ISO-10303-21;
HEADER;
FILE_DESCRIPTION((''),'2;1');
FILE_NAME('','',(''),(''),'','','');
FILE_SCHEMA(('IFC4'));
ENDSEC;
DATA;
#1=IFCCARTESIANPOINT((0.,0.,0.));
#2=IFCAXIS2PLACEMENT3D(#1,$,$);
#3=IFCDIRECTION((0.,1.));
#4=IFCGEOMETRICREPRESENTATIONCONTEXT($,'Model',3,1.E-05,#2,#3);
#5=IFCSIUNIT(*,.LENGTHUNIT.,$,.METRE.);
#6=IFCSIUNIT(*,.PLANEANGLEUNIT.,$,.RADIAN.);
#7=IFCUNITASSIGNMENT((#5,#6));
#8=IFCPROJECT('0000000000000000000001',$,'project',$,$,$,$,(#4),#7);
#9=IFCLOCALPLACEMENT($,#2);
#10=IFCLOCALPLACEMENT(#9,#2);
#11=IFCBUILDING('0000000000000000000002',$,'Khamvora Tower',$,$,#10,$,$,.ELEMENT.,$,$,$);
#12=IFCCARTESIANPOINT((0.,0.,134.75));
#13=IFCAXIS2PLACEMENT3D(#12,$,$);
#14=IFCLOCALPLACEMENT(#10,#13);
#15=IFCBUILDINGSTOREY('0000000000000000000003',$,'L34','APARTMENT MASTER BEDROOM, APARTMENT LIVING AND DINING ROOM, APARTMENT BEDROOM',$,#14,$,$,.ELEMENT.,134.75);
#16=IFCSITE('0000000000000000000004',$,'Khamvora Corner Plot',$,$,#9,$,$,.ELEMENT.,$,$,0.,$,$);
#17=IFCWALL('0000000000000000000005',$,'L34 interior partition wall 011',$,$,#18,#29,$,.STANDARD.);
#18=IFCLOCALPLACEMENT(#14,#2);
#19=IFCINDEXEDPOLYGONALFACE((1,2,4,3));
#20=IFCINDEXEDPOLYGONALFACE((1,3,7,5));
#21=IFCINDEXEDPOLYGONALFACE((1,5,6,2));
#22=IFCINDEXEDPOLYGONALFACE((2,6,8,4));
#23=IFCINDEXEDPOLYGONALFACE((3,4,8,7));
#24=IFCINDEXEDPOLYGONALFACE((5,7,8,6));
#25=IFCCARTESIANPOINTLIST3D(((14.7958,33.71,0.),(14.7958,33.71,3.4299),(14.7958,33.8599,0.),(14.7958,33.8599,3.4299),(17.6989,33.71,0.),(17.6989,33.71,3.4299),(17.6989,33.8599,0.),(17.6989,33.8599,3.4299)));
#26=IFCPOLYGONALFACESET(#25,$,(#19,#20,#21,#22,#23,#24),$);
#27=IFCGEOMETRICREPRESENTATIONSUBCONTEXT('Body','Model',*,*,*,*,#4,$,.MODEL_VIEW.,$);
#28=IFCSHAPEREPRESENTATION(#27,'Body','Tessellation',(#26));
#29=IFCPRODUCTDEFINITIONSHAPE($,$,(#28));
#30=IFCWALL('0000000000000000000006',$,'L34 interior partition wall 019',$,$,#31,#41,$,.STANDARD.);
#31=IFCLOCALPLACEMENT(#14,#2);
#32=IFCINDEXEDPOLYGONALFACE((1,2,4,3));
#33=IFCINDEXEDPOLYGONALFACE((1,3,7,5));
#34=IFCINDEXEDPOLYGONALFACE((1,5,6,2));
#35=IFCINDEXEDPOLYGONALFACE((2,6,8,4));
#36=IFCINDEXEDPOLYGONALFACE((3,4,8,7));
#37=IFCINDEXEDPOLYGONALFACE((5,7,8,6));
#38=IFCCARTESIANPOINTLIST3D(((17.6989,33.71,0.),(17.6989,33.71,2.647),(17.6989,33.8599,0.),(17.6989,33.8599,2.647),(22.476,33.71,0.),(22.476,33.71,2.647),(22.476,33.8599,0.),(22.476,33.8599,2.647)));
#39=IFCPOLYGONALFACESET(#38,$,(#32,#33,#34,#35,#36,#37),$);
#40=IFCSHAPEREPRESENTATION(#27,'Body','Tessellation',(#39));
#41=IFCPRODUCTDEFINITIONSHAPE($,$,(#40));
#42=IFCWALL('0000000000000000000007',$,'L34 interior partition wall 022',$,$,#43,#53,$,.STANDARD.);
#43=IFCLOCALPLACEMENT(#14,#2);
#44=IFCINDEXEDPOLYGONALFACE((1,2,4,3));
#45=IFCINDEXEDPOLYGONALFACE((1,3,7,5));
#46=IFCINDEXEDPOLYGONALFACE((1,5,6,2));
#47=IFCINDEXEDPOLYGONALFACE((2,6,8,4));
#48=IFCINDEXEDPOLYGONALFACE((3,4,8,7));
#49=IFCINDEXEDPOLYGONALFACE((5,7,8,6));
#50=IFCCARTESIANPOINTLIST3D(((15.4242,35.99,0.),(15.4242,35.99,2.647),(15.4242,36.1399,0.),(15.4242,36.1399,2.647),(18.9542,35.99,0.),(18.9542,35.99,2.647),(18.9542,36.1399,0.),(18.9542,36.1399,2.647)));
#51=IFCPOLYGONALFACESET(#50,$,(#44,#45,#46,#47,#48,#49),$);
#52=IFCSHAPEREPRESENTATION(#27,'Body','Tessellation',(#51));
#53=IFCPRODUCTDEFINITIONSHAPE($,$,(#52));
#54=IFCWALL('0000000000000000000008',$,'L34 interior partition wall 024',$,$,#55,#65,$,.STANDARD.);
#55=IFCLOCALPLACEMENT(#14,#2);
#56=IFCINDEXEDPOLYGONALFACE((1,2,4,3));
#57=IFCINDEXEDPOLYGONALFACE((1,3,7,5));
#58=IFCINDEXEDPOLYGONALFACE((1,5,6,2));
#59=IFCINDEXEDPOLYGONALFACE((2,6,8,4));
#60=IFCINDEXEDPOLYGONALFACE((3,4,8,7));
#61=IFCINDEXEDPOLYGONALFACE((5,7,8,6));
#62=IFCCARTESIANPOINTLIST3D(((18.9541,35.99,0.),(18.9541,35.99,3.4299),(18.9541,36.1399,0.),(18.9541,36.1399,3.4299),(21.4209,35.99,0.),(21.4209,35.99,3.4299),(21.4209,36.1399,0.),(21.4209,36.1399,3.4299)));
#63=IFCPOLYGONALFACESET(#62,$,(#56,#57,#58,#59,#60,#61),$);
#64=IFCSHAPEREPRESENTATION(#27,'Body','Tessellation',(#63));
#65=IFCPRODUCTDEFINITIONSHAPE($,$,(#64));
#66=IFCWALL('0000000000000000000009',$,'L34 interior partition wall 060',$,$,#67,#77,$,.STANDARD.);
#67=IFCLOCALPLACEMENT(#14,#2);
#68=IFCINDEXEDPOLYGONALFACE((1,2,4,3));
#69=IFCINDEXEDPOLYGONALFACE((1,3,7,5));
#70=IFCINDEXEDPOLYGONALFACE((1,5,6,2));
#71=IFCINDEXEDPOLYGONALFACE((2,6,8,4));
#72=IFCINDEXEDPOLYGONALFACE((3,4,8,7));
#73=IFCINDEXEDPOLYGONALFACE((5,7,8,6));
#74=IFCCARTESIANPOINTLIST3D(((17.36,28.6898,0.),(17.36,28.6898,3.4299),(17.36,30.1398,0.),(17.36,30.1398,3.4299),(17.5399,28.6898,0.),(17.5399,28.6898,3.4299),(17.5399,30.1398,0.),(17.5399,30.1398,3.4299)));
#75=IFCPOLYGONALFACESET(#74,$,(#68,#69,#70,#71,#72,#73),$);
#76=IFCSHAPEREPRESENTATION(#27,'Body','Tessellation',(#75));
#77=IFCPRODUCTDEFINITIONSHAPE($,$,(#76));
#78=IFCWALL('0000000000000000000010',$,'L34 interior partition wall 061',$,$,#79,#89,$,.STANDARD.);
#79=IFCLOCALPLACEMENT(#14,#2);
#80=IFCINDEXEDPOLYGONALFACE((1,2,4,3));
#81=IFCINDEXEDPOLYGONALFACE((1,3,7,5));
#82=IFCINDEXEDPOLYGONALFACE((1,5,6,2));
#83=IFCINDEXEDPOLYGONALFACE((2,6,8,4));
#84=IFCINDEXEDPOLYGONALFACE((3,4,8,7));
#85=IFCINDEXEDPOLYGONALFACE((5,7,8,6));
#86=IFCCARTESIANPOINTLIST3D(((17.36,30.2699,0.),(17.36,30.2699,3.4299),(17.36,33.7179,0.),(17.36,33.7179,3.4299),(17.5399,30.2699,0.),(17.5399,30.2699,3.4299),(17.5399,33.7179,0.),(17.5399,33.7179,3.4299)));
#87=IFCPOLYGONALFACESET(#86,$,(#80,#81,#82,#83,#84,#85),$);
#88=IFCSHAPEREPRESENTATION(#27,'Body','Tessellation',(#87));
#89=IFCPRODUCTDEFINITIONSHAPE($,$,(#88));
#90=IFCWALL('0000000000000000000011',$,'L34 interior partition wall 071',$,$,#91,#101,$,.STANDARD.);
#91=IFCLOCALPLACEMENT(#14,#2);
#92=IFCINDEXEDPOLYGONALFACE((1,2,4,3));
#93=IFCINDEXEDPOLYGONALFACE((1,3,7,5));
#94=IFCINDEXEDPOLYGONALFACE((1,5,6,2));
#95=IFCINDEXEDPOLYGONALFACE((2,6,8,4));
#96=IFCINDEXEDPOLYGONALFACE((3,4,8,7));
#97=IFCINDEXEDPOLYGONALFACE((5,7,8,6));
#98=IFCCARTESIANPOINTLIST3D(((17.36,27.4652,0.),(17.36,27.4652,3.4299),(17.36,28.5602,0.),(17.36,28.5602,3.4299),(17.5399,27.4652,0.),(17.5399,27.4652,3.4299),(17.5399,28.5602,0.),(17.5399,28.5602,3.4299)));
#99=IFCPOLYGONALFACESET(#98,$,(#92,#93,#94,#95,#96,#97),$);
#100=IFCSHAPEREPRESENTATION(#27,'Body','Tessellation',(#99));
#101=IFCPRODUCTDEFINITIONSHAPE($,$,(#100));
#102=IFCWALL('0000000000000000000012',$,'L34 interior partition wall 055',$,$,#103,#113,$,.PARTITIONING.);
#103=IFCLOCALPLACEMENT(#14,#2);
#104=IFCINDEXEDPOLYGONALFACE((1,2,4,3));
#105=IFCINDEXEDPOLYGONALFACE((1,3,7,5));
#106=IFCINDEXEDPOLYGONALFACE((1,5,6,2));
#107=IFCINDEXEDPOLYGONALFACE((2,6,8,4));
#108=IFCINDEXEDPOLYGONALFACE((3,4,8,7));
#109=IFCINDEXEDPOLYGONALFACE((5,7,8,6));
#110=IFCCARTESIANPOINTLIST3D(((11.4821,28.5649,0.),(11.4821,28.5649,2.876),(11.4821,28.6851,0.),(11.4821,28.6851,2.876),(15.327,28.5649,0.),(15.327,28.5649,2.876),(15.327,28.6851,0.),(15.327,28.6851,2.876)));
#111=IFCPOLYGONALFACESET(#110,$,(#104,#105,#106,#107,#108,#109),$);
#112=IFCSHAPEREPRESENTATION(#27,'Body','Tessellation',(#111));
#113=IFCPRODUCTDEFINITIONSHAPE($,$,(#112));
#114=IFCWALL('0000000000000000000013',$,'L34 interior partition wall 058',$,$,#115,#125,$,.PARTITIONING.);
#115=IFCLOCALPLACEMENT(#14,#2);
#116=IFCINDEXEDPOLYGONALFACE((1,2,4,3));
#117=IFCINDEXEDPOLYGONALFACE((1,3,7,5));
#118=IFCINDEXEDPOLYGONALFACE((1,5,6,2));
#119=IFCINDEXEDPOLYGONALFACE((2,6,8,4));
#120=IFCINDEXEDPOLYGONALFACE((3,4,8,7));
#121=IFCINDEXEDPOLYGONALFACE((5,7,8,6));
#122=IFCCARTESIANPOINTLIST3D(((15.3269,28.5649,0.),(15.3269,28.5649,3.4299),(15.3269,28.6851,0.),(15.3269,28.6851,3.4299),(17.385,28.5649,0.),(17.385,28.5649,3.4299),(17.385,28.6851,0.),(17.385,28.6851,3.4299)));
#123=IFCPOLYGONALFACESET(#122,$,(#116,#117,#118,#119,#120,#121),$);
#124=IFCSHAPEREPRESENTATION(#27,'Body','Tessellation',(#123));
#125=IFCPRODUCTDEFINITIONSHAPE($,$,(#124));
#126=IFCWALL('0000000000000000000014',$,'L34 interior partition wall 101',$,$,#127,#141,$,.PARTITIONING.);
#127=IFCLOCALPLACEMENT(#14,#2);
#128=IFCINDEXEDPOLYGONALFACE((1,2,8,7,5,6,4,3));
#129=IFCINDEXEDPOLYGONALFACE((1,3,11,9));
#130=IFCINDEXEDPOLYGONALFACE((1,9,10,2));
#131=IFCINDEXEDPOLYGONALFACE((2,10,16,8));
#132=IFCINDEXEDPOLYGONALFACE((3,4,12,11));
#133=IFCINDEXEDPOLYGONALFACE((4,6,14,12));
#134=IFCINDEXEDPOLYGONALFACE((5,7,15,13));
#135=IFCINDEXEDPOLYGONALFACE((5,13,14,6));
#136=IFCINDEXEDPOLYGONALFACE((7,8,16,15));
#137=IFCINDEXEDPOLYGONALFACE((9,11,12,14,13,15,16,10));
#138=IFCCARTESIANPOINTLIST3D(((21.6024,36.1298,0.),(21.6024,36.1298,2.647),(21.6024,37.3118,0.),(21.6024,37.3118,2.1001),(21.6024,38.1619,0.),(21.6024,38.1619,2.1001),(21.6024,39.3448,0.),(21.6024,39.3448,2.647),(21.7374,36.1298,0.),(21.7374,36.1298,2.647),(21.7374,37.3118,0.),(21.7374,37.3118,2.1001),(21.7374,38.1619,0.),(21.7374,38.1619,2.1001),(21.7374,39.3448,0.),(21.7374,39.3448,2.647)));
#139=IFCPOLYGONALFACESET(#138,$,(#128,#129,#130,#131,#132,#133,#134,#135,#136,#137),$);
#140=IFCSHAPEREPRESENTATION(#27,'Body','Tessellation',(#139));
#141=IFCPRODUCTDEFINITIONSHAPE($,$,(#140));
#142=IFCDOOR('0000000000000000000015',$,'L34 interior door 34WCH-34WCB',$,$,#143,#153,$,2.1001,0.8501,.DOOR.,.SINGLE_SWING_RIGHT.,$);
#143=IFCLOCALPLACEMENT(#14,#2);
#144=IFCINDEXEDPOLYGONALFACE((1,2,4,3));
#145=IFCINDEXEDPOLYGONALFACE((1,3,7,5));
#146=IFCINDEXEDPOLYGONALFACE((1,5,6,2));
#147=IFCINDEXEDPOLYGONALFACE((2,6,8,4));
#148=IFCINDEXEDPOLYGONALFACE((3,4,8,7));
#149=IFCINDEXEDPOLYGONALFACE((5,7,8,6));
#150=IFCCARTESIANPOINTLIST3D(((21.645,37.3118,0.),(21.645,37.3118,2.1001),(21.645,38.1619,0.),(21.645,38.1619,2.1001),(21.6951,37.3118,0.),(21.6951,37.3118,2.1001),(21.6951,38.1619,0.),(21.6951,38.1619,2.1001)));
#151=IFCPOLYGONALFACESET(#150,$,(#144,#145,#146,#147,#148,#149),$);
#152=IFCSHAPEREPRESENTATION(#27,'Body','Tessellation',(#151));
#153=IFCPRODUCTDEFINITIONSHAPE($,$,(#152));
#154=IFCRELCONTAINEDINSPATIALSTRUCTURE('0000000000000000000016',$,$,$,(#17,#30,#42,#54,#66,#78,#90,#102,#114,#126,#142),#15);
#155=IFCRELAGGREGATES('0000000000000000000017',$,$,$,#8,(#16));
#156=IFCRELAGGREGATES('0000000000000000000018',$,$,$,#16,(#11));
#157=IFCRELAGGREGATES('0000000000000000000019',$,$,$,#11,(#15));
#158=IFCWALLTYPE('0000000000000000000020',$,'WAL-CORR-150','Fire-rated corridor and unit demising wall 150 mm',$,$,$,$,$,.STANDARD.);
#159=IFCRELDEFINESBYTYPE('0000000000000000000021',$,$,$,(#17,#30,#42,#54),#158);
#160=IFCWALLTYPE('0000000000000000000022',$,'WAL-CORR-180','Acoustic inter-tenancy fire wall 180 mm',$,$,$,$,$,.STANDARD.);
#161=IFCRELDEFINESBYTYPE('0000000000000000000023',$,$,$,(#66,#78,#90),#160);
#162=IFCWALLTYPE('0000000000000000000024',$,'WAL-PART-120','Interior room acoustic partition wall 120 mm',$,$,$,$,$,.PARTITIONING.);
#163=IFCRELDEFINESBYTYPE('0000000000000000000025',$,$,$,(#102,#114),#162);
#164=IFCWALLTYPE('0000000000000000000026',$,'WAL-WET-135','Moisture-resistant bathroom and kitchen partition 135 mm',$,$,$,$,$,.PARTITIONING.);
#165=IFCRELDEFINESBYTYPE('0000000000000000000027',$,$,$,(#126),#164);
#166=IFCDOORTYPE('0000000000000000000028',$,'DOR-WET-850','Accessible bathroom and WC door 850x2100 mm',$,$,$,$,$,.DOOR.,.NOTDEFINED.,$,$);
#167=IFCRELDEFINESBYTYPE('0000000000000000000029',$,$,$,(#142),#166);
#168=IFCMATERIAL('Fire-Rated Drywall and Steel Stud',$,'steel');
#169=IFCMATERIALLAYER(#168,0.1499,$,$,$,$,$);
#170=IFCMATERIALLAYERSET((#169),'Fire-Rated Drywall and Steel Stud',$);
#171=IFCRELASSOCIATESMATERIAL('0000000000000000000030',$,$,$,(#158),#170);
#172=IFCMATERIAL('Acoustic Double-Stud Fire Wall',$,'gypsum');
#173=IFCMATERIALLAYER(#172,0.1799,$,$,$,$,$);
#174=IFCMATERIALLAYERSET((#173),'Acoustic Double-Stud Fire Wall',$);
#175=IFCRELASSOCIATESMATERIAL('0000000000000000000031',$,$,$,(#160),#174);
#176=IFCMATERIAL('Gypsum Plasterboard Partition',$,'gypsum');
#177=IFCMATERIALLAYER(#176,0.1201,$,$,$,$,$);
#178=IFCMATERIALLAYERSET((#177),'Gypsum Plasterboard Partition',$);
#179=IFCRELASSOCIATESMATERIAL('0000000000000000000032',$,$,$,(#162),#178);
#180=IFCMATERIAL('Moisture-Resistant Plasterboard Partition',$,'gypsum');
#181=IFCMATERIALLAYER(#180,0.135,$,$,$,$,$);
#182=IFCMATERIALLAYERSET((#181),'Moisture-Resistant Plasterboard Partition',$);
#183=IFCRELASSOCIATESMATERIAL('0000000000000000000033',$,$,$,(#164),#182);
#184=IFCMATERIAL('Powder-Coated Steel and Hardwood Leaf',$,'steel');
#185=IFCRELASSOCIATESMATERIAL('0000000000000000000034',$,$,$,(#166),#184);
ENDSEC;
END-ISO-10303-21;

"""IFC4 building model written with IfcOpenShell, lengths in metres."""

from ifc_helpers import new_model, si_unit, direction, frame, frame_2d, origin, place, context, subcontext, project, spatial, rectangle, extrude, material, layer, layer_set, type_object, element, fill, save


model = new_model("IFC4")

# Units and contexts
model_context = context("Model", 3, precision=1e-05, world=origin(), true_north=direction((0.0, 1.0)))
body_context = subcontext(model_context, "Body", "Model", "MODEL_VIEW")
ifc_project = project(units=[si_unit("LENGTHUNIT", "METRE"), si_unit("PLANEANGLEUNIT", "RADIAN")], contexts=[model_context])

# Site, building, storey
site_placement = place(None, origin())
site = spatial("IfcSite", under=ifc_project, at=site_placement, Name="Khamvora Corner Plot", CompositionType="ELEMENT", RefElevation=0.0)
building_placement = place(site_placement, origin())
building = spatial("IfcBuilding", under=site, at=building_placement, Name="Khamvora Tower", CompositionType="ELEMENT")
storey_placement = place(building_placement, frame((0.0, 0.0, 134.75)))
storey = spatial("IfcBuildingStorey", under=building, at=storey_placement, Name="L34", Description="APARTMENT MASTER BEDROOM, APARTMENT LIVING AND DINING ROOM, APARTMENT BEDROOM", CompositionType="ELEMENT", Elevation=134.75)

# Walls
ifc_material_1 = material(Name="Fire-Rated Drywall and Steel Stud", Category="steel")
ifc_layer_1 = layer(ifc_material_1, 0.1499)
ifc_layer_set_1 = layer_set([ifc_layer_1], Name="Fire-Rated Drywall and Steel Stud")
wall_type_1 = type_object("IfcWallType", Name="WAL-CORR-150", Description="Fire-rated corridor and unit demising wall 150 mm", PredefinedType="STANDARD", material=ifc_layer_set_1)
wall_1_placement = place(storey_placement, frame((17.699, 33.7849, 0.0), z_axis=(0.0, 0.0, 1.0), x_axis=(-1.0, 0.0, 0.0)))
element("IfcWall", 1, at=wall_1_placement, inside=storey, type_object=wall_type_1, Name="L34 interior partition wall 011", PredefinedType="STANDARD", context=body_context, shape_type="SweptSolid", body=[
    extrude(rectangle(XDim=2.9031, YDim=0.1499, at=frame_2d((1.4517, 0.0))), origin(), (0.0, 0.0, 1.0), 3.4299),
])
wall_2_placement = place(storey_placement, frame((22.4761, 33.7849, 0.0), z_axis=(0.0, 0.0, 1.0), x_axis=(-1.0, 0.0, 0.0)))
element("IfcWall", 2, at=wall_2_placement, inside=storey, type_object=wall_type_1, Name="L34 interior partition wall 019", PredefinedType="STANDARD", context=body_context, shape_type="SweptSolid", body=[
    extrude(rectangle(XDim=4.7771, YDim=0.1499, at=frame_2d((2.3887, 0.0))), origin(), (0.0, 0.0, 1.0), 2.647),
])
wall_3_placement = place(storey_placement, frame((15.4241, 36.0649, 0.0), z_axis=(0.0, 0.0, 1.0), x_axis=(1.0, 0.0, 0.0)))
element("IfcWall", 3, at=wall_3_placement, inside=storey, type_object=wall_type_1, Name="L34 interior partition wall 022", PredefinedType="STANDARD", context=body_context, shape_type="SweptSolid", body=[
    extrude(rectangle(XDim=3.53, YDim=0.1499, at=frame_2d((1.7651, 0.0))), origin(), (0.0, 0.0, 1.0), 2.647),
])

# Shared definitions
ifc_material_2 = material(Name="Powder-Coated Steel and Hardwood Leaf", Category="steel")

# Walls
wall_4_placement = place(storey_placement, frame((18.9541, 36.0649, 0.0), z_axis=(0.0, 0.0, 1.0), x_axis=(1.0, 0.0, 0.0)))
element("IfcWall", 4, at=wall_4_placement, inside=storey, type_object=wall_type_1, Name="L34 interior partition wall 024", PredefinedType="STANDARD", context=body_context, shape_type="SweptSolid", body=[
    extrude(rectangle(XDim=2.4668, YDim=0.1499, at=frame_2d((1.2334, 0.0))), origin(), (0.0, 0.0, 1.0), 3.4299),
])
ifc_material_3 = material(Name="Acoustic Double-Stud Fire Wall", Category="gypsum")
ifc_layer_2 = layer(ifc_material_3, 0.1799)
ifc_layer_set_2 = layer_set([ifc_layer_2], Name="Acoustic Double-Stud Fire Wall")
wall_type_2 = type_object("IfcWallType", Name="WAL-CORR-180", Description="Acoustic inter-tenancy fire wall 180 mm", PredefinedType="STANDARD", material=ifc_layer_set_2)
wall_5_placement = place(storey_placement, frame((17.45, 30.1399, 0.0), z_axis=(0.0, 0.0, 1.0), x_axis=(0.0, -1.0, 0.0)))
element("IfcWall", 5, at=wall_5_placement, inside=storey, type_object=wall_type_2, Name="L34 interior partition wall 060", PredefinedType="STANDARD", context=body_context, shape_type="SweptSolid", body=[
    extrude(rectangle(XDim=1.45, YDim=0.1799, at=frame_2d((0.7251, 0.0))), origin(), (0.0, 0.0, 1.0), 3.4299),
])
wall_6_placement = place(storey_placement, frame((17.45, 33.718, 0.0), z_axis=(0.0, 0.0, 1.0), x_axis=(0.0, -1.0, 0.0)))
element("IfcWall", 6, at=wall_6_placement, inside=storey, type_object=wall_type_2, Name="L34 interior partition wall 061", PredefinedType="STANDARD", context=body_context, shape_type="SweptSolid", body=[
    extrude(rectangle(XDim=3.448, YDim=0.1799, at=frame_2d((1.7241, 0.0))), origin(), (0.0, 0.0, 1.0), 3.4299),
])
wall_7_placement = place(storey_placement, frame((17.45, 28.5601, 0.0), z_axis=(0.0, 0.0, 1.0), x_axis=(0.0, -1.0, 0.0)))
element("IfcWall", 7, at=wall_7_placement, inside=storey, type_object=wall_type_2, Name="L34 interior partition wall 071", PredefinedType="STANDARD", context=body_context, shape_type="SweptSolid", body=[
    extrude(rectangle(XDim=1.095, YDim=0.1799, at=frame_2d((0.5474, 0.0))), origin(), (0.0, 0.0, 1.0), 3.4299),
])
ifc_material_4 = material(Name="Gypsum Plasterboard Partition", Category="gypsum")
ifc_layer_3 = layer(ifc_material_4, 0.1201)
ifc_layer_set_3 = layer_set([ifc_layer_3], Name="Gypsum Plasterboard Partition")
wall_type_3 = type_object("IfcWallType", Name="WAL-PART-120", Description="Interior room acoustic partition wall 120 mm", PredefinedType="PARTITIONING", material=ifc_layer_set_3)
wall_8_placement = place(storey_placement, frame((15.3269, 28.625, 0.0), z_axis=(0.0, 0.0, 1.0), x_axis=(-1.0, 0.0, 0.0)))
element("IfcWall", 8, at=wall_8_placement, inside=storey, type_object=wall_type_3, Name="L34 interior partition wall 055", PredefinedType="PARTITIONING", context=body_context, shape_type="SweptSolid", body=[
    extrude(rectangle(XDim=3.845, YDim=0.1201, at=frame_2d((1.9224, 0.0))), origin(), (0.0, 0.0, 1.0), 2.876),
])
wall_9_placement = place(storey_placement, frame((17.385, 28.625, 0.0), z_axis=(0.0, 0.0, 1.0), x_axis=(-1.0, 0.0, 0.0)))
element("IfcWall", 9, at=wall_9_placement, inside=storey, type_object=wall_type_3, Name="L34 interior partition wall 058", PredefinedType="PARTITIONING", context=body_context, shape_type="SweptSolid", body=[
    extrude(rectangle(XDim=2.0581, YDim=0.1201, at=frame_2d((1.0291, 0.0))), origin(), (0.0, 0.0, 1.0), 3.4299),
])

# Wall, opening, door
ifc_material_5 = material(Name="Moisture-Resistant Plasterboard Partition", Category="gypsum")
ifc_layer_4 = layer(ifc_material_5, 0.135)
ifc_layer_set_4 = layer_set([ifc_layer_4], Name="Moisture-Resistant Plasterboard Partition")
wall_type_4 = type_object("IfcWallType", Name="WAL-WET-135", Description="Moisture-resistant bathroom and kitchen partition 135 mm", PredefinedType="PARTITIONING", material=ifc_layer_set_4)
wall_10_placement = place(storey_placement, frame((21.6699, 36.1299, 0.0), z_axis=(0.0, 0.0, 1.0), x_axis=(0.0, 1.0, 0.0)))
wall_10 = element("IfcWall", 10, at=wall_10_placement, inside=storey, type_object=wall_type_4, Name="L34 interior partition wall 101", PredefinedType="PARTITIONING", context=body_context, shape_type="SweptSolid", body=[
    extrude(rectangle(XDim=3.2151, YDim=0.135, at=frame_2d((1.6074, 0.0))), origin(), (0.0, 0.0, 1.0), 2.647),
])
opening_1_placement = place(wall_10_placement, frame((1.1819, 0.0, 0.0)))
opening_1 = element("IfcOpeningElement", 11, at=opening_1_placement, cuts=wall_10, PredefinedType="OPENING", context=body_context, shape_type="SweptSolid", body=[
    extrude(rectangle(XDim=0.8501, YDim=2.1001, at=frame_2d((0.425, 1.05))), frame((0.0, 0.0774, 0.0), z_axis=(0.0, -1.0, 0.0), x_axis=(1.0, 0.0, 0.0)), (0.0, 0.0, 1.0), 0.155),
])
door_type_1 = type_object("IfcDoorType", Name="DOR-WET-850", Description="Accessible bathroom and WC door 850x2100 mm", OperationType="NOTDEFINED", PredefinedType="DOOR", material=ifc_material_2)
door_1_placement = place(opening_1_placement, origin())
door_1 = element("IfcDoor", 12, at=door_1_placement, inside=storey, type_object=door_type_1, Name="L34 interior door 34WCH-34WCB", OperationType="SINGLE_SWING_RIGHT", OverallHeight=2.1001, OverallWidth=0.8501, PredefinedType="DOOR", context=body_context, shape_type="SweptSolid", body=[
    extrude(rectangle(XDim=0.8501, YDim=2.1001, at=frame_2d((0.425, 1.05))), frame((0.0, 0.0249, 0.0), z_axis=(0.0, -1.0, 0.0), x_axis=(1.0, 0.0, 0.0)), (0.0, 0.0, 1.0), 0.05),
])
fill(opening_1, door_1)

save(model, "model.ifc")
